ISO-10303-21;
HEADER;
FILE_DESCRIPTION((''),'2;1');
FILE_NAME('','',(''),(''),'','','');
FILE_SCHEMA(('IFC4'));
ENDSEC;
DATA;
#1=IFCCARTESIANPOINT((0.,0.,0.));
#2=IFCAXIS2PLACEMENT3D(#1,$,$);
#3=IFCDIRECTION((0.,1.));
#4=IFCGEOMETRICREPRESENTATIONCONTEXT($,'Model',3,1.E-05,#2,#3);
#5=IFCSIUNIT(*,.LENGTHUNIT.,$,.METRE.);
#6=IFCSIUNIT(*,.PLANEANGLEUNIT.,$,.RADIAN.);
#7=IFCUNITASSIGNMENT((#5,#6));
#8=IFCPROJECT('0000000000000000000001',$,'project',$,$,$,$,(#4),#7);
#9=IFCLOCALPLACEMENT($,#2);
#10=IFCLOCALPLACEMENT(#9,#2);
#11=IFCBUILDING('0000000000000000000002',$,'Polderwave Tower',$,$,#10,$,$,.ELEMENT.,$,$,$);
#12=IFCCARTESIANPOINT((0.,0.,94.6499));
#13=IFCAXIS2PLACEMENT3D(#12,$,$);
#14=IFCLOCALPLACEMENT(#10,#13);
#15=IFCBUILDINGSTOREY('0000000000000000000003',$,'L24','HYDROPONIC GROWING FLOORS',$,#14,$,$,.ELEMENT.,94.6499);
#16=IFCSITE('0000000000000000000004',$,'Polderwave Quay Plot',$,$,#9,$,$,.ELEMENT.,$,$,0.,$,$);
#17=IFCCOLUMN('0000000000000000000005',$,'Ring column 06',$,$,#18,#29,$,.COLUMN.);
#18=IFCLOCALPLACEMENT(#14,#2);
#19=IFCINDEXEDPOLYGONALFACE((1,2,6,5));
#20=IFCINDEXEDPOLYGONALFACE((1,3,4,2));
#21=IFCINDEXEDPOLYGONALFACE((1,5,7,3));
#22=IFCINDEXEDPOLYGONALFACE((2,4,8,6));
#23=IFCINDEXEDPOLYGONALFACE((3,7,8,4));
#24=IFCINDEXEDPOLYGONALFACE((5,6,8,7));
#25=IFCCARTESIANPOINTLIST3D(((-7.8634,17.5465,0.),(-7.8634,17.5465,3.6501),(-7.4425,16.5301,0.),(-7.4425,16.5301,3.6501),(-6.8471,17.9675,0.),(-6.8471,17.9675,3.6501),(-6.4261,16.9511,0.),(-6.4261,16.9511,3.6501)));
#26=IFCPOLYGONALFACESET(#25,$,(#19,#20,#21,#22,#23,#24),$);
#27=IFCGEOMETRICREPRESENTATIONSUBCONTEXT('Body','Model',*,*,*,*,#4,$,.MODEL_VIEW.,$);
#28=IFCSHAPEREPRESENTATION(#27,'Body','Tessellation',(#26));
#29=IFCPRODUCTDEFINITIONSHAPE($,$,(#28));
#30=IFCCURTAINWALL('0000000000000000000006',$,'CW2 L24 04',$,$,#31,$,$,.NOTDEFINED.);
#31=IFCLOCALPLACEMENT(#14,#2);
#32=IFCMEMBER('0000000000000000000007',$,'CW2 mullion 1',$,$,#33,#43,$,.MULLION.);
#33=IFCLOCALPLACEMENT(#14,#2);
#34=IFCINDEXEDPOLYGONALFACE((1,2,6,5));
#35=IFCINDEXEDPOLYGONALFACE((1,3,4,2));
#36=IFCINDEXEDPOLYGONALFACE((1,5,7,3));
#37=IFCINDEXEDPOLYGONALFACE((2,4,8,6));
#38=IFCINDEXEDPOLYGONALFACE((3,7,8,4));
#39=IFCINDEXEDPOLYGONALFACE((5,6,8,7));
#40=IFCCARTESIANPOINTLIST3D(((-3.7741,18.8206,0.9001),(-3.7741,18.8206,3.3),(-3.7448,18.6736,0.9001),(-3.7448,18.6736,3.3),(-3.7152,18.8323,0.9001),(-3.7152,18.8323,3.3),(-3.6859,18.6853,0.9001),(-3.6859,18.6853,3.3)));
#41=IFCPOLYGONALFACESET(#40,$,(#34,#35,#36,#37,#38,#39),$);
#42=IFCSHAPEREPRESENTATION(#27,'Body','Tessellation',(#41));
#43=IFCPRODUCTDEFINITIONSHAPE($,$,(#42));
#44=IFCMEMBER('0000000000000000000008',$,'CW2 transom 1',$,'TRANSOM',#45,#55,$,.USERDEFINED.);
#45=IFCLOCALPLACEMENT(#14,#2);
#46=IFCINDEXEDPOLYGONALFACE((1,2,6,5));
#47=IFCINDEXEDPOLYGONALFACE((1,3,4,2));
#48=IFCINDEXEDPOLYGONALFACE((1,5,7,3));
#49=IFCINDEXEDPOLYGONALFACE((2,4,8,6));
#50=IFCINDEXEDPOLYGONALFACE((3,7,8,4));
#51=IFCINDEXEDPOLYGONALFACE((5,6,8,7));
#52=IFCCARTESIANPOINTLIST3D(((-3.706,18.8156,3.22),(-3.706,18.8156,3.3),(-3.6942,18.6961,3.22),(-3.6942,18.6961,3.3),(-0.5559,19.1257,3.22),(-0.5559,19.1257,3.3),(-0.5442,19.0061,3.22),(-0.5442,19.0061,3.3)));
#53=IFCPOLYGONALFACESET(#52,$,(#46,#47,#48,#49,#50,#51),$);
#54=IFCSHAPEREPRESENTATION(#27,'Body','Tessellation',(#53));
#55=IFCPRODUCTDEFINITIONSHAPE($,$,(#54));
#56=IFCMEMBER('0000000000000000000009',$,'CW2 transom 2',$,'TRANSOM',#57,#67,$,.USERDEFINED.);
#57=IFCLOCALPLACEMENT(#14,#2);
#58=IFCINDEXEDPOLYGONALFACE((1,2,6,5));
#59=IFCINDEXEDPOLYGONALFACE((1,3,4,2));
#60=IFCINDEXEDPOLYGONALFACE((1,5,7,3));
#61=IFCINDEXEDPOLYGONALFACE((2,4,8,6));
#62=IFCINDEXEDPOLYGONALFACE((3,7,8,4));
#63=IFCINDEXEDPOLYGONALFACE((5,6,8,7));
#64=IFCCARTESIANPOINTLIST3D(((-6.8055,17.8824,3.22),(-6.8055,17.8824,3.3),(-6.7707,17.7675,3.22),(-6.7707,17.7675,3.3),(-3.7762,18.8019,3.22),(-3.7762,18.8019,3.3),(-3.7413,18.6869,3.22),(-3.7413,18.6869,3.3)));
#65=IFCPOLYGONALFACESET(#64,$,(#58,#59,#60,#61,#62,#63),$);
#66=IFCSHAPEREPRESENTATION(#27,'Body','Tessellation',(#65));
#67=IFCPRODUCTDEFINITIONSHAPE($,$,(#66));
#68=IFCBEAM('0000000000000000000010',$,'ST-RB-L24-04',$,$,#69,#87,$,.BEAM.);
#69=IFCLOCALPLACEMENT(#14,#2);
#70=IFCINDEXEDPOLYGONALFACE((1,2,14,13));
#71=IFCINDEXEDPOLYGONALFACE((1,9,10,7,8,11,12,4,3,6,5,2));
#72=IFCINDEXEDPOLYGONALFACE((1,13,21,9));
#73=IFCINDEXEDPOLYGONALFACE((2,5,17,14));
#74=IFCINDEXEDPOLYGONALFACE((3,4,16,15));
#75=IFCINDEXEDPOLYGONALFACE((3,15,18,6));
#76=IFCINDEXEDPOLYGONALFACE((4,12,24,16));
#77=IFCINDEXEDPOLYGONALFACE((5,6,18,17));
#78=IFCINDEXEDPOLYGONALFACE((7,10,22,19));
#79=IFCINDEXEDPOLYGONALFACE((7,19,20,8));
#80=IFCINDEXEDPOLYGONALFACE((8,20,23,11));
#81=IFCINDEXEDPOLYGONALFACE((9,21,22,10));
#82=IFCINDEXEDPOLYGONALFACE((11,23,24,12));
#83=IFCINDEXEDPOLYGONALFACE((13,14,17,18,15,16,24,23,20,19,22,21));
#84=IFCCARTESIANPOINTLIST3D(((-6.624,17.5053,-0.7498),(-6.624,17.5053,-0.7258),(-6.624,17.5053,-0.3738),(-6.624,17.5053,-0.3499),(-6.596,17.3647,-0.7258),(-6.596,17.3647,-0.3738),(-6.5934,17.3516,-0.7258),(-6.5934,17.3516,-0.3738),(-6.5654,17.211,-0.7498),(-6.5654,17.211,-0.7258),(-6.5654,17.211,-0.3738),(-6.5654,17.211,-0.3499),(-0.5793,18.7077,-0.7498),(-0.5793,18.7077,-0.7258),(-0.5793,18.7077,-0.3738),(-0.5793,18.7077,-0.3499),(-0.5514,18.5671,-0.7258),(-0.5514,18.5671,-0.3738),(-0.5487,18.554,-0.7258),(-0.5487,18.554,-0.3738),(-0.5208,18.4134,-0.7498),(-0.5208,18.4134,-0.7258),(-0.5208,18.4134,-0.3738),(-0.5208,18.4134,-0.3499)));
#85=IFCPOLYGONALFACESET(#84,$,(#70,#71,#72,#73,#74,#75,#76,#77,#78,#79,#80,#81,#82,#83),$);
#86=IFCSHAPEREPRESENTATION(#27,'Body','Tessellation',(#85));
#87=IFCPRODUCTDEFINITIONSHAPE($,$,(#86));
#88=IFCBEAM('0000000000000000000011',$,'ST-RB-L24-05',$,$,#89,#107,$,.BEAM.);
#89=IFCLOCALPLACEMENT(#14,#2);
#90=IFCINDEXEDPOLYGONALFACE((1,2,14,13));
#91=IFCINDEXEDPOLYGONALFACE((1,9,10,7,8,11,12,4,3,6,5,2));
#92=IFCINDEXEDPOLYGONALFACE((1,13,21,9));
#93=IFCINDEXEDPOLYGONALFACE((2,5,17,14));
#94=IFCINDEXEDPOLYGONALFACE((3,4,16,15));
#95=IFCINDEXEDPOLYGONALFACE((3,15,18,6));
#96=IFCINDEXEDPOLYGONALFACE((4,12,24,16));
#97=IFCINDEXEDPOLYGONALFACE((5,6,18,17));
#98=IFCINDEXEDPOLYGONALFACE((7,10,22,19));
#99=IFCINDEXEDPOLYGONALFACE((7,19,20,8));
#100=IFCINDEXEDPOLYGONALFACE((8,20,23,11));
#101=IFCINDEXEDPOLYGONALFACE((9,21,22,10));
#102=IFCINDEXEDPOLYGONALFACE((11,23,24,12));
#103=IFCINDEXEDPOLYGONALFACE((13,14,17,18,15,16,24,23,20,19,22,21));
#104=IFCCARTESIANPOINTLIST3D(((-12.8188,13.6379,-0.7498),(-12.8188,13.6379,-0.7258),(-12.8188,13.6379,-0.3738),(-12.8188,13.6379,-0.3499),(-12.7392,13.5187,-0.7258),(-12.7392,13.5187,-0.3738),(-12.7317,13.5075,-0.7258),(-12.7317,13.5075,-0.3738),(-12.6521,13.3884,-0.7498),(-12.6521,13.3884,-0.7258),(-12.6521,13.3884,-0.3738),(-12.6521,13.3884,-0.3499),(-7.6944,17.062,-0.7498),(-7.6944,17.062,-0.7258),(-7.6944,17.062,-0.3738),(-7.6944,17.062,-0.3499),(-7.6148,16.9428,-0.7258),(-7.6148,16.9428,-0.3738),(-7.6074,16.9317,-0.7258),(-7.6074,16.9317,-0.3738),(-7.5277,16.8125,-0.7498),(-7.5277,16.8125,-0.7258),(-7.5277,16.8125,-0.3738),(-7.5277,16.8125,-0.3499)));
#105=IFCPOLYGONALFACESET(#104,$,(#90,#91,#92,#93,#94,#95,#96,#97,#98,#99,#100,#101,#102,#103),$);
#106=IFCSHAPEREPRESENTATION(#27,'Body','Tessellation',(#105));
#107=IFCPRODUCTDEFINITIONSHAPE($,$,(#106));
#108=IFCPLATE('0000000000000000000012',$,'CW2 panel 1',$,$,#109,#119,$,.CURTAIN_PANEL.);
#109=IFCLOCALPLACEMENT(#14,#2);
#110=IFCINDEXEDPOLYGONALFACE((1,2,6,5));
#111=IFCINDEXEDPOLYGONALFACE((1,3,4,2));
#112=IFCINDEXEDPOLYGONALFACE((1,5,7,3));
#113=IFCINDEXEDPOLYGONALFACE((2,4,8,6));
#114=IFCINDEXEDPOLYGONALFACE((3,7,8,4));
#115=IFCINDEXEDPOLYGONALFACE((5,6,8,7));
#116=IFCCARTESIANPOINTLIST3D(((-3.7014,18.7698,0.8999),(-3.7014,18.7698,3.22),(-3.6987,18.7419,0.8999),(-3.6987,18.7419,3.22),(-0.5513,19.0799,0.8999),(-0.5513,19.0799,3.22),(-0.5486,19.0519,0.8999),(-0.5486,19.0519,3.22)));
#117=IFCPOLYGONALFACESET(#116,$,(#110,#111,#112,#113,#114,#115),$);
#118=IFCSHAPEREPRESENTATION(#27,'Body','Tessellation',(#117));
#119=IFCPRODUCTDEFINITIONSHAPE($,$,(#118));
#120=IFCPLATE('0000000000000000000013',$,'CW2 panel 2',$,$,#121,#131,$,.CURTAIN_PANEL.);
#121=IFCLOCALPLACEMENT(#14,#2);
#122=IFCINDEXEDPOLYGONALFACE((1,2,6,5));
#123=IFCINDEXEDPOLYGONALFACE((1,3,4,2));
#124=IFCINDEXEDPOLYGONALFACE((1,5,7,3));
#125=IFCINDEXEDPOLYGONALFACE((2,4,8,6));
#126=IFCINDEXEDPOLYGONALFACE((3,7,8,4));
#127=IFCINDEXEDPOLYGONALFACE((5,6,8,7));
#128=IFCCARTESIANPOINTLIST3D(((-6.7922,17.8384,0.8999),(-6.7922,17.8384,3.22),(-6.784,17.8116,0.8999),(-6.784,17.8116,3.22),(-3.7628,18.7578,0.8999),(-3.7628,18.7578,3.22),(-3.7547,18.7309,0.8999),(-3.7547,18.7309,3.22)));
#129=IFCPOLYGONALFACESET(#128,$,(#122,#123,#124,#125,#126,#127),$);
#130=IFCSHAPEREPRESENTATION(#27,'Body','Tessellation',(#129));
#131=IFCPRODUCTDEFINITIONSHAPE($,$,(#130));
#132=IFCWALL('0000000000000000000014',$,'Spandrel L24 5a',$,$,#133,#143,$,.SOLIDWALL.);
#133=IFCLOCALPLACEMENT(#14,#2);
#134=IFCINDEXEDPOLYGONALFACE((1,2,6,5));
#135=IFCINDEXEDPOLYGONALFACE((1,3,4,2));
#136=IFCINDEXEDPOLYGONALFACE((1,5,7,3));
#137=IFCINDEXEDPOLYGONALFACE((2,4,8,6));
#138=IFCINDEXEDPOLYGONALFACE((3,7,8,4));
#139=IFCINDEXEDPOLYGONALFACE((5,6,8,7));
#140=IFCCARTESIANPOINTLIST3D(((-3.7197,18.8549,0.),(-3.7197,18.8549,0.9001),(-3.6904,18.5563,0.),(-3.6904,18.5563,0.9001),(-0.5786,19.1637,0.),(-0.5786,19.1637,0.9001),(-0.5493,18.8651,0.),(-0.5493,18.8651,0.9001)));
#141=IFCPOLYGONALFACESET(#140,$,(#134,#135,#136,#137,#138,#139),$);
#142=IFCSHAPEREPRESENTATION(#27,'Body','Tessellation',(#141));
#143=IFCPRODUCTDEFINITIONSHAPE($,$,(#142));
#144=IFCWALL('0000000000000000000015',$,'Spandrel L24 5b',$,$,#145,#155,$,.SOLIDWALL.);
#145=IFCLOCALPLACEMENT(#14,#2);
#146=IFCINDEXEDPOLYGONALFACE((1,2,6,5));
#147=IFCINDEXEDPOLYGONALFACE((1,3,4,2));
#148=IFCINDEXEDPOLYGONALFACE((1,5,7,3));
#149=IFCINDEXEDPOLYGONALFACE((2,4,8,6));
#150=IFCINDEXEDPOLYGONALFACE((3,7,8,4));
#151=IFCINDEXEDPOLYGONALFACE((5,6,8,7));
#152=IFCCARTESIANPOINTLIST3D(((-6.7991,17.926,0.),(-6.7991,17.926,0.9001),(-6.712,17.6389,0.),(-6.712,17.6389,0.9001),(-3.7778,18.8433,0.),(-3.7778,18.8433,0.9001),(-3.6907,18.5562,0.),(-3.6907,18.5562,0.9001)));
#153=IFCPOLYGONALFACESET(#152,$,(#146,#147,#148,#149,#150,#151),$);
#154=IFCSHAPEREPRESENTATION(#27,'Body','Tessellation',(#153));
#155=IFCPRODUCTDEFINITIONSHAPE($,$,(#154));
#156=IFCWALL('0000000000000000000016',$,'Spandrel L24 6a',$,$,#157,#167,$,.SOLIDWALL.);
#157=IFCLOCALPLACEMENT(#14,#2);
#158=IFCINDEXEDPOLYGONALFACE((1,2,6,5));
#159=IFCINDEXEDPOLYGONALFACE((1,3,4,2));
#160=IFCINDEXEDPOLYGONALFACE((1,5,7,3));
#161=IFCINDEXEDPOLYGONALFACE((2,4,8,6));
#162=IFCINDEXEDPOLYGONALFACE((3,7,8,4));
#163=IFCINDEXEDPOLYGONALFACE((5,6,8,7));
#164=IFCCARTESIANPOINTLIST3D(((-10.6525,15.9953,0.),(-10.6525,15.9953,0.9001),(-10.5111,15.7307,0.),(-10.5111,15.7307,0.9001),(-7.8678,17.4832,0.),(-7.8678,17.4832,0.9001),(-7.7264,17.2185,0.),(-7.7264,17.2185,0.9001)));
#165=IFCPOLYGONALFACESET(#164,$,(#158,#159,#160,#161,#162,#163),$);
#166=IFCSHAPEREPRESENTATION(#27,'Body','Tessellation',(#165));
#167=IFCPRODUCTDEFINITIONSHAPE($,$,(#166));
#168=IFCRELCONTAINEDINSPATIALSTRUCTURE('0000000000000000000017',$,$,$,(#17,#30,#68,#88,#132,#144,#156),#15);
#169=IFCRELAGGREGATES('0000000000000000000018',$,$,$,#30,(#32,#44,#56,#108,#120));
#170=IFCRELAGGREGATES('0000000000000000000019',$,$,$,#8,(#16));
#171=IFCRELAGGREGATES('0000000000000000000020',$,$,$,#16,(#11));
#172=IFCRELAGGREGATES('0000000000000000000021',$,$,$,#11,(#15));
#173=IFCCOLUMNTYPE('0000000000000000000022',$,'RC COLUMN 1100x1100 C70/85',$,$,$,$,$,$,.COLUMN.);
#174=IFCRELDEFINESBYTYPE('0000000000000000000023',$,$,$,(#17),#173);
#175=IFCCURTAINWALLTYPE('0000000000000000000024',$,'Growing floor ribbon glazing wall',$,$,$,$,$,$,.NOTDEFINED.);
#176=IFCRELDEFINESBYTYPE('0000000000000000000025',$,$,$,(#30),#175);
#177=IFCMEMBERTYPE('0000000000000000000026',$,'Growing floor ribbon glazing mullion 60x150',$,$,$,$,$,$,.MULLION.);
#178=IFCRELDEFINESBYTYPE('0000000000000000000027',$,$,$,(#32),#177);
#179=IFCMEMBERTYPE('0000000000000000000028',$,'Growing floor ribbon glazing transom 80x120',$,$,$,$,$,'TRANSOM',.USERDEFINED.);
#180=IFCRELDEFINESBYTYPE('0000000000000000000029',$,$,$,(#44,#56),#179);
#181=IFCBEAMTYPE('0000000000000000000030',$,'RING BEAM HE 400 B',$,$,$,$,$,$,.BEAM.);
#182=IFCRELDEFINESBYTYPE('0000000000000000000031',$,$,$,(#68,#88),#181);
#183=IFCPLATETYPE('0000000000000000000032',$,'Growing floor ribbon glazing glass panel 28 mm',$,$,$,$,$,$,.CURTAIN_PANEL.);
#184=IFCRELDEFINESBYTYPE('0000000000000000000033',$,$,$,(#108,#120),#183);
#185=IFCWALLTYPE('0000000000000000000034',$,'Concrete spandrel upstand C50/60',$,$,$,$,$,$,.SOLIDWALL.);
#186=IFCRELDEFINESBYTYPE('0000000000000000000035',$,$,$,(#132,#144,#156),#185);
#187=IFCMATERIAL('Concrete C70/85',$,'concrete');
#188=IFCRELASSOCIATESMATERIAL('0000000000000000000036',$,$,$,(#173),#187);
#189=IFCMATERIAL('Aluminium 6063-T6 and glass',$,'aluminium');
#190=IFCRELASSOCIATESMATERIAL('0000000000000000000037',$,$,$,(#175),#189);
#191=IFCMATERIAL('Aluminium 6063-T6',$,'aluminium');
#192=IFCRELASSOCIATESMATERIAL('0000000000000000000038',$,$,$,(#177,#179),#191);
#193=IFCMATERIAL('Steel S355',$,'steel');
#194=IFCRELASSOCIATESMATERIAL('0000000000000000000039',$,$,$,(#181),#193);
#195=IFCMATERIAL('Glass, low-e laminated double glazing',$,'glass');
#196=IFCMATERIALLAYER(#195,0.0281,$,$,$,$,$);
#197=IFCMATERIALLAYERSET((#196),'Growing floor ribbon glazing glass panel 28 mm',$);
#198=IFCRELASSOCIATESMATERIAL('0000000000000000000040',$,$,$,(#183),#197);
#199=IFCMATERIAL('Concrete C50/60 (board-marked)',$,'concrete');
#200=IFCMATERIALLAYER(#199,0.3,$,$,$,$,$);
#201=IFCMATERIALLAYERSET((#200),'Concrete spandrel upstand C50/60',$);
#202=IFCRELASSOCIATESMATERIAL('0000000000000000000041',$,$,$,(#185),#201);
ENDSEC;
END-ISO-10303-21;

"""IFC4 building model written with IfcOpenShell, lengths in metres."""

from ifc_helpers import new_model, si_unit, direction, frame, frame_2d, origin, origin_2d, place, context, subcontext, project, spatial, rectangle, i_section, extrude, material, layer, layer_set, material_profile, profile_set, type_object, element, aggregate, save


model = new_model("IFC4")

# Units and contexts
model_context = context("Model", 3, precision=1e-05, world=origin(), true_north=direction((0.0, 1.0)))
body_context = subcontext(model_context, "Body", "Model", "MODEL_VIEW")
ifc_project = project(units=[si_unit("LENGTHUNIT", "METRE"), si_unit("PLANEANGLEUNIT", "RADIAN")], contexts=[model_context])

# Site, building, storey
site_placement = place(None, origin())
site = spatial("IfcSite", under=ifc_project, at=site_placement, Name="Polderwave Quay Plot", CompositionType="ELEMENT", RefElevation=0.0)
building_placement = place(site_placement, origin())
building = spatial("IfcBuilding", under=site, at=building_placement, Name="Polderwave Tower", CompositionType="ELEMENT")
storey_placement = place(building_placement, frame((0.0, 0.0, 94.6499)))
storey = spatial("IfcBuildingStorey", under=building, at=storey_placement, Name="L24", Description="HYDROPONIC GROWING FLOORS", CompositionType="ELEMENT", Elevation=94.6499)

# Column
ifc_material_1 = material(Name="Concrete C70/85", Category="concrete")
ifc_material_profile_1 = material_profile(ifc_material_1, rectangle(XDim=1.1001, YDim=1.1001, at=origin_2d()), Name="RC 1100x1100")
ifc_profile_set_1 = profile_set([ifc_material_profile_1], Name="Concrete C70/85")
column_type = type_object("IfcColumnType", Name="RC COLUMN 1100x1100 C70/85", PredefinedType="COLUMN", material=ifc_profile_set_1)
column_placement = place(storey_placement, frame((-7.1448, 17.2488, 0.0), z_axis=(0.0, 0.0, 1.0), x_axis=(-0.382683, 0.92388, 0.0)))
element("IfcColumn", 1, at=column_placement, inside=storey, type_object=column_type, Name="Ring column 06", PredefinedType="COLUMN", context=body_context, shape_type="SweptSolid", body=[
    extrude(rectangle(XDim=1.1001, YDim=1.1001, at=origin_2d()), origin(), (0.0, 0.0, 1.0), 3.6501),
])

# Curtain wall, members
ifc_material_2 = material(Name="Aluminium 6063-T6 and glass", Category="aluminium")
curtain_wall_type = type_object("IfcCurtainWallType", Name="Growing floor ribbon glazing wall", PredefinedType="NOTDEFINED", material=ifc_material_2)
curtain_wall_placement = place(storey_placement, origin())
curtain_wall = element("IfcCurtainWall", 2, at=curtain_wall_placement, inside=storey, type_object=curtain_wall_type, Name="CW2 L24 04", PredefinedType="NOTDEFINED")
ifc_material_3 = material(Name="Aluminium 6063-T6", Category="aluminium")
ifc_material_profile_2 = material_profile(ifc_material_3, rectangle(XDim=0.1499, YDim=0.0601, at=origin_2d()), Name="AL 60x150")
ifc_profile_set_2 = profile_set([ifc_material_profile_2], Name="Aluminium 6063-T6")
member_type_1 = type_object("IfcMemberType", Name="Growing floor ribbon glazing mullion 60x150", PredefinedType="MULLION", material=ifc_profile_set_2)
member_1_placement = place(storey_placement, frame((-3.73, 18.7529, 0.9001), z_axis=(0.0, 0.0, 1.0), x_axis=(0.195113, -0.980781, 0.0)))
member_1 = element("IfcMember", 3, at=member_1_placement, type_object=member_type_1, Name="CW2 mullion 1", PredefinedType="MULLION", context=body_context, shape_type="SweptSolid", body=[
    extrude(rectangle(XDim=0.1499, YDim=0.0601, at=origin_2d()), origin(), (0.0, 0.0, 1.0), 2.3999),
])
ifc_material_profile_3 = material_profile(ifc_material_3, rectangle(XDim=0.1201, YDim=0.0801, at=origin_2d()), Name="AL 80x120")
ifc_profile_set_3 = profile_set([ifc_material_profile_3], Name="Aluminium 6063-T6")
member_type_2 = type_object("IfcMemberType", Name="Growing floor ribbon glazing transom 80x120", ElementType="TRANSOM", PredefinedType="USERDEFINED", material=ifc_profile_set_3)
member_2_placement = place(storey_placement, frame((-0.55, 19.0659, 3.26), z_axis=(-0.995191, -0.097953, 0.0), x_axis=(0.097953, -0.995191, 0.0)))
member_2 = element("IfcMember", 4, at=member_2_placement, type_object=member_type_2, Name="CW2 transom 1", ObjectType="TRANSOM", PredefinedType="USERDEFINED", context=body_context, shape_type="SweptSolid", body=[
    extrude(rectangle(XDim=0.1201, YDim=0.0801, at=origin_2d()), origin(), (0.0, 0.0, 1.0), 3.1653),
])
member_3_placement = place(storey_placement, frame((-3.7588, 18.7444, 3.26), z_axis=(-0.956896, -0.290431, 0.0), x_axis=(0.290431, -0.956896, 0.0)))
member_3 = element("IfcMember", 5, at=member_3_placement, type_object=member_type_2, Name="CW2 transom 2", ObjectType="TRANSOM", PredefinedType="USERDEFINED", context=body_context, shape_type="SweptSolid", body=[
    extrude(rectangle(XDim=0.1201, YDim=0.0801, at=origin_2d()), origin(), (0.0, 0.0, 1.0), 3.1658),
])

# Beams
ifc_material_4 = material(Name="Steel S355", Category="steel")
ifc_material_profile_4 = material_profile(ifc_material_4, i_section(OverallWidth=0.3, OverallDepth=0.3999, WebThickness=0.0134, FlangeThickness=0.0239, at=origin_2d()), Name="HE 400 B")
ifc_profile_set_4 = profile_set([ifc_material_profile_4], Name="Steel S355")
beam_type = type_object("IfcBeamType", Name="RING BEAM HE 400 B", PredefinedType="BEAM", material=ifc_profile_set_4)
for number, where, z_axis, x_axis, name in (
    (6, (-0.55, 18.5605, -0.5498), (-0.980784, -0.195095, 0.0), (0.195095, -0.980784, 0.0), "ST-RB-L24-04"),
    (7, (-7.6111, 16.9373, -0.5498), (-0.831459, -0.555587, 0.0), (0.555587, -0.831459, 0.0), "ST-RB-L24-05"),
):
    element("IfcBeam", number, at=place(storey_placement, frame(where, z_axis=z_axis, x_axis=x_axis)), inside=storey, type_object=beam_type, Name=name, PredefinedType="BEAM", context=body_context, shape_type="SweptSolid", body=[
        extrude(i_section(OverallWidth=0.3, OverallDepth=0.3999, WebThickness=0.0134, FlangeThickness=0.0239, at=origin_2d()), origin(), (0.0, 0.0, 1.0), 6.1631),
    ])

# Plates
ifc_material_5 = material(Name="Glass, low-e laminated double glazing", Category="glass")
ifc_layer_1 = layer(ifc_material_5, 0.0281)
ifc_layer_set_1 = layer_set([ifc_layer_1], Name="Growing floor ribbon glazing glass panel 28 mm")
plate_type = type_object("IfcPlateType", Name="Growing floor ribbon glazing glass panel 28 mm", PredefinedType="CURTAIN_PANEL", material=ifc_layer_set_1)
plate_1_placement = place(storey_placement, frame((-2.125, 18.9109, 0.8999), z_axis=(0.0, 0.0, 1.0), x_axis=(-0.995191, -0.097955, 0.0)))
plate_1 = element("IfcPlate", 8, at=plate_1_placement, type_object=plate_type, Name="CW2 panel 1", PredefinedType="CURTAIN_PANEL", context=body_context, shape_type="SweptSolid", body=[
    extrude(rectangle(XDim=3.1653, YDim=0.0281, at=origin_2d()), origin(), (0.0, 0.0, 1.0), 2.3201),
])
plate_2_placement = place(storey_placement, frame((-5.2734, 18.2847, 0.8999), z_axis=(0.0, 0.0, 1.0), x_axis=(-0.956908, -0.29039, 0.0)))
plate_2 = element("IfcPlate", 9, at=plate_2_placement, type_object=plate_type, Name="CW2 panel 2", PredefinedType="CURTAIN_PANEL", context=body_context, shape_type="SweptSolid", body=[
    extrude(rectangle(XDim=3.1658, YDim=0.0281, at=origin_2d()), origin(), (0.0, 0.0, 1.0), 2.3201),
])
aggregate(curtain_wall, [member_1, member_2, member_3, plate_1, plate_2])

# Walls
ifc_material_6 = material(Name="Concrete C50/60 (board-marked)", Category="concrete")
ifc_layer_2 = layer(ifc_material_6, 0.3)
ifc_layer_set_2 = layer_set([ifc_layer_2], Name="Concrete spandrel upstand C50/60")
wall_type_1 = type_object("IfcWallType", Name="Concrete spandrel upstand C50/60", PredefinedType="SOLIDWALL", material=ifc_layer_set_2)
wall_1_placement = place(storey_placement, frame((-0.564, 19.0144, 0.0), z_axis=(0.0, 0.0, 1.0), x_axis=(-0.995201, -0.097849, 0.0)))
element("IfcWall", 10, at=wall_1_placement, inside=storey, type_object=wall_type_1, Name="Spandrel L24 5a", PredefinedType="SOLIDWALL", context=body_context, shape_type="SweptSolid", body=[
    extrude(rectangle(XDim=3.1562, YDim=0.3, at=frame_2d((1.5781, 0.0))), origin(), (0.0, 0.0, 1.0), 0.9001),
])
wall_2_placement = place(storey_placement, frame((-3.7344, 18.6997, 0.0), z_axis=(0.0, 0.0, 1.0), x_axis=(-0.956874, -0.290503, 0.0)))
element("IfcWall", 11, at=wall_2_placement, inside=storey, type_object=wall_type_1, Name="Spandrel L24 5b", PredefinedType="SOLIDWALL", context=body_context, shape_type="SweptSolid", body=[
    extrude(rectangle(XDim=3.1575, YDim=0.3, at=frame_2d((1.5786, 0.0))), origin(), (0.0, 0.0, 1.0), 0.9001),
])
wall_3_placement = place(storey_placement, frame((-7.7971, 17.3508, 0.0), z_axis=(0.0, 0.0, 1.0), x_axis=(-0.882006, -0.471238, 0.0)))
element("IfcWall", 12, at=wall_3_placement, inside=storey, type_object=wall_type_1, Name="Spandrel L24 6a", PredefinedType="SOLIDWALL", context=body_context, shape_type="SweptSolid", body=[
    extrude(rectangle(XDim=3.1572, YDim=0.3, at=frame_2d((1.5786, 0.0))), origin(), (0.0, 0.0, 1.0), 0.9001),
])

save(model, "model.ifc")
